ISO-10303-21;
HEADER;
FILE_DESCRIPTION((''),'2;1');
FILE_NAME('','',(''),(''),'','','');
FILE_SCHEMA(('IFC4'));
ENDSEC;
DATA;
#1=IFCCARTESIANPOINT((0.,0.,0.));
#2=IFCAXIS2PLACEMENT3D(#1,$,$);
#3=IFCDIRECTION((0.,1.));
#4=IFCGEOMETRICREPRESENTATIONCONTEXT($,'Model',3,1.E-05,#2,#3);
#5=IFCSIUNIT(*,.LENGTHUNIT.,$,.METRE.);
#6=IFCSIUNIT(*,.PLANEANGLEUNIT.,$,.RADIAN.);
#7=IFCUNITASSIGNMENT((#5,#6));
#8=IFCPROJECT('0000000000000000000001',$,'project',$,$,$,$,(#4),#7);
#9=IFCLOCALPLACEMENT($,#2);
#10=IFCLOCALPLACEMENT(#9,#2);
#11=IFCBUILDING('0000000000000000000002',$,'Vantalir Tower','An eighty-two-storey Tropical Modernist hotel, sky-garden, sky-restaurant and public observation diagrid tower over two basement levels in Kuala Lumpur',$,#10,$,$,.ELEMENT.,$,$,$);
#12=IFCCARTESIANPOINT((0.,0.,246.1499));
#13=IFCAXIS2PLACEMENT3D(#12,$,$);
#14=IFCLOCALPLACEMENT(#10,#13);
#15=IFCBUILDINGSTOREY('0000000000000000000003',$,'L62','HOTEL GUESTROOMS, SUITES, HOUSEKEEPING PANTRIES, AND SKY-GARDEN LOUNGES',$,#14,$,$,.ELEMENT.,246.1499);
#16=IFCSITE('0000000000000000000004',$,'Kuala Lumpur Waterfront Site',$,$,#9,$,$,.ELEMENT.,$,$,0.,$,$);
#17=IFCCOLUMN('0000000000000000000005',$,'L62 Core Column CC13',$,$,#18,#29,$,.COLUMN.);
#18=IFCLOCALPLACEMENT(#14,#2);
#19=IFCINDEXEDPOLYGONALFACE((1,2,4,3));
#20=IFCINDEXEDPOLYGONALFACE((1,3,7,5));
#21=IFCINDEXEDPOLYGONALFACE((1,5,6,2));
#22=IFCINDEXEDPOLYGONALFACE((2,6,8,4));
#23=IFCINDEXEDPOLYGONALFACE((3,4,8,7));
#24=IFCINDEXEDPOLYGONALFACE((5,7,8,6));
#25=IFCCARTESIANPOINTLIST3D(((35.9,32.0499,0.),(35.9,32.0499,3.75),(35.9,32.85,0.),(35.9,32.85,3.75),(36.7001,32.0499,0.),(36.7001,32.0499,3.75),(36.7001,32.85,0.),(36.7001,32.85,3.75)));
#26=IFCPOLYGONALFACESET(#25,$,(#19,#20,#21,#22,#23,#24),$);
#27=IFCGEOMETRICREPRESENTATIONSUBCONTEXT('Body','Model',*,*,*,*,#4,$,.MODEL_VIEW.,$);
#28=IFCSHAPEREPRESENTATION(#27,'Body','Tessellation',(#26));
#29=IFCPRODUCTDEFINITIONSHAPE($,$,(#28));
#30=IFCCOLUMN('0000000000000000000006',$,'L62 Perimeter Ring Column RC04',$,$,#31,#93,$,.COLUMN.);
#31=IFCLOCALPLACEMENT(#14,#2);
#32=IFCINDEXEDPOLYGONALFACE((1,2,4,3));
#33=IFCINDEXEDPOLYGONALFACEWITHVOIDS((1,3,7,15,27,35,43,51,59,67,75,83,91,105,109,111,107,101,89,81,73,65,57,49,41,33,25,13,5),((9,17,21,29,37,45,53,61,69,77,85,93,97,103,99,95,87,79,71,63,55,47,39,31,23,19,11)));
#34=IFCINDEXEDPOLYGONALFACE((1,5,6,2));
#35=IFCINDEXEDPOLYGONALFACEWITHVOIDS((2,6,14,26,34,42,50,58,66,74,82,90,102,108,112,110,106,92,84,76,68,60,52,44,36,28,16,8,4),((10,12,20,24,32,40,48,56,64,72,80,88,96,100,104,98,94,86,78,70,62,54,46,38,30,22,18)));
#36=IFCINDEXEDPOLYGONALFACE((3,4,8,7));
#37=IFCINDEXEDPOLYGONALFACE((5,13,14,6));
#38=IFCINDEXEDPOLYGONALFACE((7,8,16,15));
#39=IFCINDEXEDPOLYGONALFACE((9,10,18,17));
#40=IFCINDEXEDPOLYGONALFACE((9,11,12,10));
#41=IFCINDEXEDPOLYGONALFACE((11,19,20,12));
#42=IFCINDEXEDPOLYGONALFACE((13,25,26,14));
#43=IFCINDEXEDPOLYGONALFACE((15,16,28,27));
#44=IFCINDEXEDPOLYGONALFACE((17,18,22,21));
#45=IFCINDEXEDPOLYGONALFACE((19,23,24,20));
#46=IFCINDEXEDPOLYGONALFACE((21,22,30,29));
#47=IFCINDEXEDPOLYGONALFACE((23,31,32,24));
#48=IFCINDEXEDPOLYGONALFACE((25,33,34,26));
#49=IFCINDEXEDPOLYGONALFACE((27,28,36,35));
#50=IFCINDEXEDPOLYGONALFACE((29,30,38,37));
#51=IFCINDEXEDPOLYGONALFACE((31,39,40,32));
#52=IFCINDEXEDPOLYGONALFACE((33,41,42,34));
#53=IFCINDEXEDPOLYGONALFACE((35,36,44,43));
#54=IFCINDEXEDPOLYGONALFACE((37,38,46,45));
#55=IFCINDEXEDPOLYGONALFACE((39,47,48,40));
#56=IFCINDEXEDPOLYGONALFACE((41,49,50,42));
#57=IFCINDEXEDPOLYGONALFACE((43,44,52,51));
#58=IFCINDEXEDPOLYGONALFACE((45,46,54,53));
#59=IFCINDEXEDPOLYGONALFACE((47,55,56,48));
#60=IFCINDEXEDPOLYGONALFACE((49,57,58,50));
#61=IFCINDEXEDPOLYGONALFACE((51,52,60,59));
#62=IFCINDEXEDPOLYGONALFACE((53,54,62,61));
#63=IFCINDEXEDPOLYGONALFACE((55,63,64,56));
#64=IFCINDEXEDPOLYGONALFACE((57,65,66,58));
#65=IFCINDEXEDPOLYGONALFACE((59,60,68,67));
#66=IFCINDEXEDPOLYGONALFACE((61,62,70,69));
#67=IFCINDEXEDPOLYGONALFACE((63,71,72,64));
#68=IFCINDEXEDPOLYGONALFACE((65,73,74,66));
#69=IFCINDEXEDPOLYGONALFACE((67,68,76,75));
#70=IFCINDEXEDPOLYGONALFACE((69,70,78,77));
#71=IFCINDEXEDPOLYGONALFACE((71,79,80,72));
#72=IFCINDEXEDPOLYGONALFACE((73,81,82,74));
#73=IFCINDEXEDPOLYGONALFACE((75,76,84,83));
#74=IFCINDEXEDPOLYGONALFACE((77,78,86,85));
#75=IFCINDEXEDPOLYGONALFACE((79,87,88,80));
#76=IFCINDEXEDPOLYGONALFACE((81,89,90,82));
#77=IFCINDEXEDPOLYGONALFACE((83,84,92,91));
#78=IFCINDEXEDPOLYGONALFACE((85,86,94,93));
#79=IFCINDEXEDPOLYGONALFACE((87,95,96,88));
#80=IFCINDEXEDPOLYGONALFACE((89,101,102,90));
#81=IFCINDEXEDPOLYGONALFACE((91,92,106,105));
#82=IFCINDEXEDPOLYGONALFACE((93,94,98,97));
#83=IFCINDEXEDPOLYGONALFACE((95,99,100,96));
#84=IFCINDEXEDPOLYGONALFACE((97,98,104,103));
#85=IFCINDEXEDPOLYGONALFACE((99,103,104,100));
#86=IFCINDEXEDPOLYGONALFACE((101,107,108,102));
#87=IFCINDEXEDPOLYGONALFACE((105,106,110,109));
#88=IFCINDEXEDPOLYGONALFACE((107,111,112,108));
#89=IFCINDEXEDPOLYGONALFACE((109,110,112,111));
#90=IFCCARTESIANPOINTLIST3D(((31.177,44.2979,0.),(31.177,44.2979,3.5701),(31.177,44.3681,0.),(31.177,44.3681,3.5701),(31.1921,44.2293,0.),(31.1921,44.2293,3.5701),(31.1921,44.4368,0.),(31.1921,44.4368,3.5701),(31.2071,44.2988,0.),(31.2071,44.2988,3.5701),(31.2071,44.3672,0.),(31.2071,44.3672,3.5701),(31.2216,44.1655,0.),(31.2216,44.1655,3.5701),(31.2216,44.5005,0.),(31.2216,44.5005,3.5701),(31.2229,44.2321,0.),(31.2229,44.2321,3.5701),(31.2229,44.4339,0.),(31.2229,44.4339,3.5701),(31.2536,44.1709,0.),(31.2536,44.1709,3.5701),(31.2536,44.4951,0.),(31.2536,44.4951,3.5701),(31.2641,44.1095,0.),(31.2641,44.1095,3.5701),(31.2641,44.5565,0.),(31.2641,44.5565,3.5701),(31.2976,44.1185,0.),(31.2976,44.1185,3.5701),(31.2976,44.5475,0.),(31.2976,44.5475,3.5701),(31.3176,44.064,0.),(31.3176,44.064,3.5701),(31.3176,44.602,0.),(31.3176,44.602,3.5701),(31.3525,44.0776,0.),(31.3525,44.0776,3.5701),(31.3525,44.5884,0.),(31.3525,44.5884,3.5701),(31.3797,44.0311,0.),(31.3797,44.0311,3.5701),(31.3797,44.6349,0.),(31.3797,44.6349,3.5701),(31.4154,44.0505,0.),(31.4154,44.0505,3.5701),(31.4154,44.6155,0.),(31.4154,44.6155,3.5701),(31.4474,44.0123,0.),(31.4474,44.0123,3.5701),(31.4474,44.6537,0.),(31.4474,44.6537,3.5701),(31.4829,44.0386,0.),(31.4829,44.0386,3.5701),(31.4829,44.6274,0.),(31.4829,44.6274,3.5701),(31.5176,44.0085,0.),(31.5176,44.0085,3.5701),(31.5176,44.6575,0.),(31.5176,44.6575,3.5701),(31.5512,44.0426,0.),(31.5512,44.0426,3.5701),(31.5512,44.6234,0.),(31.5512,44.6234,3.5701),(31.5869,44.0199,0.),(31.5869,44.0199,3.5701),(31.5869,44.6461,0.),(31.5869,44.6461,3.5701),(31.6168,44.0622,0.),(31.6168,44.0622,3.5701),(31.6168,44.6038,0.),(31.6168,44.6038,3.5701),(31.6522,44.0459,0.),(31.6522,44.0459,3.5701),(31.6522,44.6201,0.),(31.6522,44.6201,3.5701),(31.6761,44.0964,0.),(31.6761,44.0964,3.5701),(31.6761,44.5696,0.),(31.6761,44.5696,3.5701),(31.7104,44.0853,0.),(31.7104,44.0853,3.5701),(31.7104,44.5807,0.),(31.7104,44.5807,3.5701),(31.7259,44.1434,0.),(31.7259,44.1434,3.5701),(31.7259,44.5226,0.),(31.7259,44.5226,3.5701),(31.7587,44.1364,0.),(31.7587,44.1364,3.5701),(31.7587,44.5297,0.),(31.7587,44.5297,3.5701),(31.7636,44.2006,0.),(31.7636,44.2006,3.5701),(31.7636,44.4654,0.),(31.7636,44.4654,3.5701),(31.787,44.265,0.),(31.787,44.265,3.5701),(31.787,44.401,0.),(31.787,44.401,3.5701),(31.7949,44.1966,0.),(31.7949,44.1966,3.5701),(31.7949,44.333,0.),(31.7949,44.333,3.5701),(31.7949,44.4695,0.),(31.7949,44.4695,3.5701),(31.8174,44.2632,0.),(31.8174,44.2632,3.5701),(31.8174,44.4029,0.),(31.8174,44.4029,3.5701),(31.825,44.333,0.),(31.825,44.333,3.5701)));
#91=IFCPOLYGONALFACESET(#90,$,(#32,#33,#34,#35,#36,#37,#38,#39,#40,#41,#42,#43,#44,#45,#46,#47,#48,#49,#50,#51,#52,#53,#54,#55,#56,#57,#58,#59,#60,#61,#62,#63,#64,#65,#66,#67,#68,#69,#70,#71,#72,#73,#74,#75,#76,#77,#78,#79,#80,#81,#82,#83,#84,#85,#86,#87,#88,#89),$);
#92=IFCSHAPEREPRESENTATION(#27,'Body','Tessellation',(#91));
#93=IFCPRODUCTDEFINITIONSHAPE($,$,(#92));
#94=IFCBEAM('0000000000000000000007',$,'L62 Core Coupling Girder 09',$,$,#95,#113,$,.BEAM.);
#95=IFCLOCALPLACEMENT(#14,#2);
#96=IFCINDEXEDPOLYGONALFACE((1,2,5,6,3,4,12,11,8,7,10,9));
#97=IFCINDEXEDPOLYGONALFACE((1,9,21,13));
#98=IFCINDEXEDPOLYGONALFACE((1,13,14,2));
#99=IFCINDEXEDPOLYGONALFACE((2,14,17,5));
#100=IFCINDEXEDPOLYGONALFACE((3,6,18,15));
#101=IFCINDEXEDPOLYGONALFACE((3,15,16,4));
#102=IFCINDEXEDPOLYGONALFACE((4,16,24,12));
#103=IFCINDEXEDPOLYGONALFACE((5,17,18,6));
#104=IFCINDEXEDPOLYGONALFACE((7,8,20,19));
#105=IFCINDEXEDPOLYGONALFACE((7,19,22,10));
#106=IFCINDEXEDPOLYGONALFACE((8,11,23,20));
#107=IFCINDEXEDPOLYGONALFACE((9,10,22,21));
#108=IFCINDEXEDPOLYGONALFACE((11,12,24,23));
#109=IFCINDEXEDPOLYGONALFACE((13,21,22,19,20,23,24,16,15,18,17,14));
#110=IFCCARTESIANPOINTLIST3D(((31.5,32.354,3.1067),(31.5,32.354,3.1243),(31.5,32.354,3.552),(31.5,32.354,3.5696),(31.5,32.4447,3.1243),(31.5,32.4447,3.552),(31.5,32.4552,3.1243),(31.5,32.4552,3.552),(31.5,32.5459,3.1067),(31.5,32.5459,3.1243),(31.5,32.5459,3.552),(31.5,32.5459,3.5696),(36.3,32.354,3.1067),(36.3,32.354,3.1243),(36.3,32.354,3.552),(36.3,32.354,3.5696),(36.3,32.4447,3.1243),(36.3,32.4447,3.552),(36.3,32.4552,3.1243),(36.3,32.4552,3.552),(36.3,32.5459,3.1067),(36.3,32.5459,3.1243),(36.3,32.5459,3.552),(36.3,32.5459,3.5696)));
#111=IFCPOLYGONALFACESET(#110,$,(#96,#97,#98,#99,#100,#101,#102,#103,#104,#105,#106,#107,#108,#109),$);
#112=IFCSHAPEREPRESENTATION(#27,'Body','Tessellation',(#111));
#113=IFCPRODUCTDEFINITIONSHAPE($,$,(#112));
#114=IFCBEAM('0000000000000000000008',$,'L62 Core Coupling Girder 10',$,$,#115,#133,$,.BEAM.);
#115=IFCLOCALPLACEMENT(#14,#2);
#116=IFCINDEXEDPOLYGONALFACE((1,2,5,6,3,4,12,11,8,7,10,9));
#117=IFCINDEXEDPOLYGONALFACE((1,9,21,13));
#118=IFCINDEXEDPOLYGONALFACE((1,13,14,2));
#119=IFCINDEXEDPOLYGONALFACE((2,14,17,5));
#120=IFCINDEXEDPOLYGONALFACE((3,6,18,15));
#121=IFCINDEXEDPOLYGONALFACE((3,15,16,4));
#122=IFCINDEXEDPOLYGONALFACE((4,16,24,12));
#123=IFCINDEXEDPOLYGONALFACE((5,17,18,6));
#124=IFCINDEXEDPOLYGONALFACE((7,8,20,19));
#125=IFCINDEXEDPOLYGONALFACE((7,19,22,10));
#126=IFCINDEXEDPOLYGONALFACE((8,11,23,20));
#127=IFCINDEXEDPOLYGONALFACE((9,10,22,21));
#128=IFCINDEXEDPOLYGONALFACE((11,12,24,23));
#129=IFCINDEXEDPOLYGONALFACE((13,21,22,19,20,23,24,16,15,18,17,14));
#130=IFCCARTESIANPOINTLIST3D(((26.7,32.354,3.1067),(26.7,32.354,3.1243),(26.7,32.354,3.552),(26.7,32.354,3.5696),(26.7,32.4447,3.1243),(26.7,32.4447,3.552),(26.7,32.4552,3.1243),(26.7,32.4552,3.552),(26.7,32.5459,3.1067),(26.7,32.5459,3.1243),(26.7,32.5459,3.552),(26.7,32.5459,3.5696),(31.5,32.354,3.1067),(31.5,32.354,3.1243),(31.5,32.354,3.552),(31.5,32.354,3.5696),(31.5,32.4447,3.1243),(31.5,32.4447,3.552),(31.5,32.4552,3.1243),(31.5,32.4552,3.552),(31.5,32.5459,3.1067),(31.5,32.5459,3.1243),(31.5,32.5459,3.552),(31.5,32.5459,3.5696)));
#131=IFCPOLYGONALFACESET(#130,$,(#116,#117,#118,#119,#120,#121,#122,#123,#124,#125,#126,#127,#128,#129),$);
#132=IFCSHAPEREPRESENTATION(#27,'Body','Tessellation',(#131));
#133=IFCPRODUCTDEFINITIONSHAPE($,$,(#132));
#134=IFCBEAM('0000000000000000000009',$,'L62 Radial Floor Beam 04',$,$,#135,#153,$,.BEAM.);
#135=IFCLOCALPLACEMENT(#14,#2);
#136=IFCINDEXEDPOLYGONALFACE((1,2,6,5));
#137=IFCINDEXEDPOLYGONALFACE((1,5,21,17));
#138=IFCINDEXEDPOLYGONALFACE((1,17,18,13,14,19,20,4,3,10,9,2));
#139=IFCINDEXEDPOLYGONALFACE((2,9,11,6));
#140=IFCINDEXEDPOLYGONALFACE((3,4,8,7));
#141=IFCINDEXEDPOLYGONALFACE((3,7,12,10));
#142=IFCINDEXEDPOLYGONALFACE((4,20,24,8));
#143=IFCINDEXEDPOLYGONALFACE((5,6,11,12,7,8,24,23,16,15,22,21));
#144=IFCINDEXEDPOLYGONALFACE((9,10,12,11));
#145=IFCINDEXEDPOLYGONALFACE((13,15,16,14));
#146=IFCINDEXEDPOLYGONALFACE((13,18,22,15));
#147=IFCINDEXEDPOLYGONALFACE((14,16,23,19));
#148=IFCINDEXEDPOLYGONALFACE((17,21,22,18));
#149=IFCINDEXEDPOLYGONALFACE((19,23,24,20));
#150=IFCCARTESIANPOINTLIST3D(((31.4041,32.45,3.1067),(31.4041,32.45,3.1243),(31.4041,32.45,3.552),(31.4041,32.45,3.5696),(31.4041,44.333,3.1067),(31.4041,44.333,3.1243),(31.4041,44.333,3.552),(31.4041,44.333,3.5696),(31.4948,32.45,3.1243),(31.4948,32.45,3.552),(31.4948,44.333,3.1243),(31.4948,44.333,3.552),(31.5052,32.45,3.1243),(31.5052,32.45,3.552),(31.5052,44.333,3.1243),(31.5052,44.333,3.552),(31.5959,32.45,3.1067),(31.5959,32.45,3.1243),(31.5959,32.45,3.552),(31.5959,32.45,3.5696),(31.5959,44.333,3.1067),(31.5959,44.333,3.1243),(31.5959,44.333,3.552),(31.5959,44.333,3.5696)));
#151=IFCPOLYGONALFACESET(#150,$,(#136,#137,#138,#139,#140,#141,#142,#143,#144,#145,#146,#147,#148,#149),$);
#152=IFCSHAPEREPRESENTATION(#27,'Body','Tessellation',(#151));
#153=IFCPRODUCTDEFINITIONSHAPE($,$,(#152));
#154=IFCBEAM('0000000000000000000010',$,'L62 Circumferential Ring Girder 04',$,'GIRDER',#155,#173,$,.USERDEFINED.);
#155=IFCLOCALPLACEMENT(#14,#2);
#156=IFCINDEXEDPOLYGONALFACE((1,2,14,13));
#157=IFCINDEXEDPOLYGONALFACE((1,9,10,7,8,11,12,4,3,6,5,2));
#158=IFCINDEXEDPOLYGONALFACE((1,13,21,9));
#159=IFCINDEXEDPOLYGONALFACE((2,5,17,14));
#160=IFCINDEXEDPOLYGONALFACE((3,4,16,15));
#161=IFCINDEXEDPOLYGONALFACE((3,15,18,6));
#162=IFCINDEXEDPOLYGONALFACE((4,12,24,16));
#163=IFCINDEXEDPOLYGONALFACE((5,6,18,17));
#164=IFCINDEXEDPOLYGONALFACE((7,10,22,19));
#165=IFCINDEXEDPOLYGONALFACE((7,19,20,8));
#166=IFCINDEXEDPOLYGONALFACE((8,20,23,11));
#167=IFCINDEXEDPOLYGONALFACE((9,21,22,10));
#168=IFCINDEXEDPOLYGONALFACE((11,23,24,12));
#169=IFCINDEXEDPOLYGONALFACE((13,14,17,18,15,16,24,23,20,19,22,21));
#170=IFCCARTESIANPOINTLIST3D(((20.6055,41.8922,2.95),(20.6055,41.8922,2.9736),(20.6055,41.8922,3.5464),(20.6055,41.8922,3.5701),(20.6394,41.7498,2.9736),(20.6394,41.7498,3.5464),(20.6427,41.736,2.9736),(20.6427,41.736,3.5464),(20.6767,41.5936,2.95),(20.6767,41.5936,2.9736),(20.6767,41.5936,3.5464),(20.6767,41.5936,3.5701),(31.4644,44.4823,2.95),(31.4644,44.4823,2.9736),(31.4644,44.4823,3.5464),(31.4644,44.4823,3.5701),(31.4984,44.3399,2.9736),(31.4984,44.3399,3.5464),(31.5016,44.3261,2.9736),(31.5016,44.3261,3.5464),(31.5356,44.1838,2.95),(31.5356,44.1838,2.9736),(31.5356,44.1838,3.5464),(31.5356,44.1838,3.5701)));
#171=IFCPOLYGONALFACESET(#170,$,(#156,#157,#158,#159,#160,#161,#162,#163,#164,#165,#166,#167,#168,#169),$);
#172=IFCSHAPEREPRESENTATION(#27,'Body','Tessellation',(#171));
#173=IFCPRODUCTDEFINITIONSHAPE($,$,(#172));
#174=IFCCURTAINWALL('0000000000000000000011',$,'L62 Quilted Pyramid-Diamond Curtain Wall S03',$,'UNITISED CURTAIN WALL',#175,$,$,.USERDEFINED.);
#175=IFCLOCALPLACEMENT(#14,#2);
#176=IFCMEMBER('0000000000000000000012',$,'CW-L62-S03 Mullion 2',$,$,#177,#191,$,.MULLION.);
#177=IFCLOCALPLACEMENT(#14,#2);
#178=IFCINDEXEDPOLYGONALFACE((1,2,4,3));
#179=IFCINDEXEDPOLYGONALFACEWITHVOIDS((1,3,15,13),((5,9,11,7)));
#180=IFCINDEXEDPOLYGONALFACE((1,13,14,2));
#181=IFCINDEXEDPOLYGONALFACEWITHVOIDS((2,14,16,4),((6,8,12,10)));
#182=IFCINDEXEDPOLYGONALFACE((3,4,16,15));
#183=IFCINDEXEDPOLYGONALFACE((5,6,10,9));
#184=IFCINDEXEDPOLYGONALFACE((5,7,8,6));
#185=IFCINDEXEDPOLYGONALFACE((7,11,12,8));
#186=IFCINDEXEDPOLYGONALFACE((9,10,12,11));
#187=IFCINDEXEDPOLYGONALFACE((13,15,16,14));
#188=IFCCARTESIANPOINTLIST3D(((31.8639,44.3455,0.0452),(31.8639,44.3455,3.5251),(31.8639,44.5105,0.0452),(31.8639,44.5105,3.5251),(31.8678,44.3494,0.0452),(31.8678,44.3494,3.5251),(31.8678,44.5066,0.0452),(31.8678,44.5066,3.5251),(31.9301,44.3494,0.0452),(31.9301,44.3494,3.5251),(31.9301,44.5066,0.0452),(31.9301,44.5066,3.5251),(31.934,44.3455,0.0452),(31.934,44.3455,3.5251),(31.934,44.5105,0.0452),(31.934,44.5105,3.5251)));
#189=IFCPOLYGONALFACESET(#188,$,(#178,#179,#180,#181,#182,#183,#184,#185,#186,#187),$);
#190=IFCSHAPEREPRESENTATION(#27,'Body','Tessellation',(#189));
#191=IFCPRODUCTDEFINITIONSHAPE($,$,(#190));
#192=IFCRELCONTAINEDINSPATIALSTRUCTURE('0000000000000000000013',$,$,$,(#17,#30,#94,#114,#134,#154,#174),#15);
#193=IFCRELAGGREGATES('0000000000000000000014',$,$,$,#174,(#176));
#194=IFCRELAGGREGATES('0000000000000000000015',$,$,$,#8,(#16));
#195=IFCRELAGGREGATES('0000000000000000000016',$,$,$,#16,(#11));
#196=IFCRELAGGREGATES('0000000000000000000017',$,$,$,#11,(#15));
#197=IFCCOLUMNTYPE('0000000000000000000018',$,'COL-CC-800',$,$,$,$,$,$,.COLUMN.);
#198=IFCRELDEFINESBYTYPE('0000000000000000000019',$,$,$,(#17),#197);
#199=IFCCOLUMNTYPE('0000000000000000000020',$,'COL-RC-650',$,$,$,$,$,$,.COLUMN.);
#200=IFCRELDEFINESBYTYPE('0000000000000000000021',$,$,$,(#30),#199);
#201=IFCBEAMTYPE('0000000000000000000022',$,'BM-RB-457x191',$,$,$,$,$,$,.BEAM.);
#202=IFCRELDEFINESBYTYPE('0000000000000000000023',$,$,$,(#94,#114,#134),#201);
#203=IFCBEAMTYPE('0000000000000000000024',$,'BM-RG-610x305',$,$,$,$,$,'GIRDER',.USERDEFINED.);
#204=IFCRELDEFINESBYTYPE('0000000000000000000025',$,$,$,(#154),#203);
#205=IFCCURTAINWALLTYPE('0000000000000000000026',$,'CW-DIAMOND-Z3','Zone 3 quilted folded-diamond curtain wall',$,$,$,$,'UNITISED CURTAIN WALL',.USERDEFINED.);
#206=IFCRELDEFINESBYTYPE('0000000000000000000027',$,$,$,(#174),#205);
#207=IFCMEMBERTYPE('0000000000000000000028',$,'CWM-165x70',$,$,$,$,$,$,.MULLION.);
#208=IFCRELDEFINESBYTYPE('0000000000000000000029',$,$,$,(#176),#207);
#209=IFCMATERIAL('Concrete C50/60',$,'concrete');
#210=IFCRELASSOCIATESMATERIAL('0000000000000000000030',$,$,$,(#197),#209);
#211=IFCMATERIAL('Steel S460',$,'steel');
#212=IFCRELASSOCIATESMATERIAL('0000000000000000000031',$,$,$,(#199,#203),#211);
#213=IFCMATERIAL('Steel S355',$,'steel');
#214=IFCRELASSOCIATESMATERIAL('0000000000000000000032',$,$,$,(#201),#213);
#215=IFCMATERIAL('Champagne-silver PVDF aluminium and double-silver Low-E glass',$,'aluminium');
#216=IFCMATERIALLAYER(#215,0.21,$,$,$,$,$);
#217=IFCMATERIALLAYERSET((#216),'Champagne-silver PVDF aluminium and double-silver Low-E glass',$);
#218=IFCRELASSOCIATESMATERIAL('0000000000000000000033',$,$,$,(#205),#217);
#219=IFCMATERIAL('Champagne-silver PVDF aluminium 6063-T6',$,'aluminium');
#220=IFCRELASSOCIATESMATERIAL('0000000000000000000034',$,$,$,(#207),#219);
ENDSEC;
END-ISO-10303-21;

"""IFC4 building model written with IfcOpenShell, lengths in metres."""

from ifc_helpers import new_model, si_unit, direction, frame, origin, origin_2d, place, context, subcontext, project, spatial, rectangle, hollow_rectangle, hollow_circle, i_section, extrude, material, layer, layer_set, material_profile, profile_set, type_object, element, aggregate, save


model = new_model("IFC4")

# Units and contexts
model_context = context("Model", 3, precision=1e-05, world=origin(), true_north=direction((0.0, 1.0)))
body_context = subcontext(model_context, "Body", "Model", "MODEL_VIEW")
ifc_project = project(units=[si_unit("LENGTHUNIT", "METRE"), si_unit("PLANEANGLEUNIT", "RADIAN")], contexts=[model_context])

# Site, building, storey
site_placement = place(None, origin())
site = spatial("IfcSite", under=ifc_project, at=site_placement, Name="Kuala Lumpur Waterfront Site", CompositionType="ELEMENT", RefElevation=0.0)
building_placement = place(site_placement, origin())
building = spatial("IfcBuilding", under=site, at=building_placement, Name="Vantalir Tower", Description="An eighty-two-storey Tropical Modernist hotel, sky-garden, sky-restaurant and public observation diagrid tower over two basement levels in Kuala Lumpur", CompositionType="ELEMENT")
storey_placement = place(building_placement, frame((0.0, 0.0, 246.1499)))
storey = spatial("IfcBuildingStorey", under=building, at=storey_placement, Name="L62", Description="HOTEL GUESTROOMS, SUITES, HOUSEKEEPING PANTRIES, AND SKY-GARDEN LOUNGES", CompositionType="ELEMENT", Elevation=246.1499)

# Columns
ifc_material_1 = material(Name="Concrete C50/60", Category="concrete")
ifc_material_profile_1 = material_profile(ifc_material_1, rectangle(XDim=0.8, YDim=0.8, at=origin_2d()), Name="Concrete C50/60")
ifc_profile_set_1 = profile_set([ifc_material_profile_1], Name="Concrete C50/60")
column_type_1 = type_object("IfcColumnType", Name="COL-CC-800", PredefinedType="COLUMN", material=ifc_profile_set_1)
column_1_placement = place(storey_placement, frame((36.3, 32.45, 0.0), z_axis=(0.0, 0.0, 1.0), x_axis=(1.0, 0.0, 0.0)))
element("IfcColumn", 1, at=column_1_placement, inside=storey, type_object=column_type_1, Name="L62 Core Column CC13", PredefinedType="COLUMN", context=body_context, shape_type="SweptSolid", body=[
    extrude(rectangle(XDim=0.8, YDim=0.8, at=origin_2d()), origin(), (0.0, 0.0, 1.0), 3.75),
])
ifc_material_2 = material(Name="Steel S460", Category="steel")
ifc_material_profile_2 = material_profile(ifc_material_2, hollow_circle(Radius=0.325, WallThickness=0.03, at=origin_2d()), Name="Steel S460")
ifc_profile_set_2 = profile_set([ifc_material_profile_2], Name="Steel S460")
column_type_2 = type_object("IfcColumnType", Name="COL-RC-650", PredefinedType="COLUMN", material=ifc_profile_set_2)
column_2_placement = place(storey_placement, frame((31.5, 44.333, 0.0), z_axis=(0.0, 0.0, 1.0), x_axis=(1.0, 0.0, 0.0)))
element("IfcColumn", 2, at=column_2_placement, inside=storey, type_object=column_type_2, Name="L62 Perimeter Ring Column RC04", PredefinedType="COLUMN", context=body_context, shape_type="SweptSolid", body=[
    extrude(hollow_circle(Radius=0.325, WallThickness=0.03, at=origin_2d()), origin(), (0.0, 0.0, 1.0), 3.5701),
])

# Beams
ifc_material_3 = material(Name="Steel S355", Category="steel")
ifc_material_profile_3 = material_profile(ifc_material_3, i_section(OverallWidth=0.1919, OverallDepth=0.4629, WebThickness=0.0105, FlangeThickness=0.0176, at=origin_2d()), Name="Steel S355")
ifc_profile_set_3 = profile_set([ifc_material_profile_3], Name="Steel S355")
beam_type_1 = type_object("IfcBeamType", Name="BM-RB-457x191", PredefinedType="BEAM", material=ifc_profile_set_3)
for number, where, z_axis, x_axis, name in (
    (3, (36.3, 32.45, 3.3381), (-1.0, 0.0, 0.0), (0.0, -1.0, 0.0), "L62 Core Coupling Girder 09"),
    (4, (31.5, 32.45, 3.3381), (-1.0, 0.0, 0.0), (0.0, -1.0, 0.0), "L62 Core Coupling Girder 10"),
):
    element("IfcBeam", number, at=place(storey_placement, frame(where, z_axis=z_axis, x_axis=x_axis)), inside=storey, type_object=beam_type_1, Name=name, PredefinedType="BEAM", context=body_context, shape_type="SweptSolid", body=[
        extrude(i_section(OverallWidth=0.1919, OverallDepth=0.4629, WebThickness=0.0105, FlangeThickness=0.0176, at=origin_2d()), origin(), (0.0, 0.0, 1.0), 4.8),
    ])
beam_1_placement = place(storey_placement, frame((31.5, 44.333, 3.3381), z_axis=(0.0, -1.0, 0.0), x_axis=(1.0, 0.0, 0.0)))
element("IfcBeam", 5, at=beam_1_placement, inside=storey, type_object=beam_type_1, Name="L62 Radial Floor Beam 04", PredefinedType="BEAM", context=body_context, shape_type="SweptSolid", body=[
    extrude(i_section(OverallWidth=0.1919, OverallDepth=0.4629, WebThickness=0.0105, FlangeThickness=0.0176, at=origin_2d()), origin(), (0.0, 0.0, 1.0), 11.8831),
])
ifc_material_profile_4 = material_profile(ifc_material_2, i_section(OverallWidth=0.3069, OverallDepth=0.6201, WebThickness=0.0142, FlangeThickness=0.0237, at=origin_2d()), Name="Steel S460")
ifc_profile_set_4 = profile_set([ifc_material_profile_4], Name="Steel S460")
beam_type_2 = type_object("IfcBeamType", Name="BM-RG-610x305", ElementType="GIRDER", PredefinedType="USERDEFINED", material=ifc_profile_set_4)
beam_2_placement = place(storey_placement, frame((31.5, 44.333, 3.26), z_axis=(-0.972713, -0.232014, 0.0), x_axis=(0.232014, -0.972713, 0.0)))
element("IfcBeam", 6, at=beam_2_placement, inside=storey, type_object=beam_type_2, Name="L62 Circumferential Ring Girder 04", ObjectType="GIRDER", PredefinedType="USERDEFINED", context=body_context, shape_type="SweptSolid", body=[
    extrude(i_section(OverallWidth=0.3069, OverallDepth=0.6201, WebThickness=0.0142, FlangeThickness=0.0237, at=origin_2d()), origin(), (0.0, 0.0, 1.0), 11.1636),
])

# Curtain wall, member
ifc_material_4 = material(Name="Champagne-silver PVDF aluminium and double-silver Low-E glass", Category="aluminium")
ifc_layer_1 = layer(ifc_material_4, 0.21)
ifc_layer_set_1 = layer_set([ifc_layer_1], Name="Champagne-silver PVDF aluminium and double-silver Low-E glass")
curtain_wall_type = type_object("IfcCurtainWallType", Name="CW-DIAMOND-Z3", Description="Zone 3 quilted folded-diamond curtain wall", ElementType="UNITISED CURTAIN WALL", PredefinedType="USERDEFINED", material=ifc_layer_set_1)
curtain_wall_1_placement = place(storey_placement, origin())
curtain_wall_1 = element("IfcCurtainWall", 7, at=curtain_wall_1_placement, inside=storey, type_object=curtain_wall_type, Name="L62 Quilted Pyramid-Diamond Curtain Wall S03", ObjectType="UNITISED CURTAIN WALL", PredefinedType="USERDEFINED")
ifc_material_5 = material(Name="Champagne-silver PVDF aluminium 6063-T6", Category="aluminium")
ifc_material_profile_5 = material_profile(ifc_material_5, hollow_rectangle(XDim=0.0701, YDim=0.165, WallThickness=0.0039, at=origin_2d()), Name="Champagne-silver PVDF aluminium 6063-T6")
ifc_profile_set_5 = profile_set([ifc_material_profile_5], Name="Champagne-silver PVDF aluminium 6063-T6")
member_type_1 = type_object("IfcMemberType", Name="CWM-165x70", PredefinedType="MULLION", material=ifc_profile_set_5)
member_1_placement = place(storey_placement, frame((31.8989, 44.428, 0.0452), z_axis=(0.0, 0.0, 1.0), x_axis=(1.0, 0.0, 0.0)))
member_1 = element("IfcMember", 8, at=member_1_placement, type_object=member_type_1, Name="CW-L62-S03 Mullion 2", PredefinedType="MULLION", context=body_context, shape_type="SweptSolid", body=[
    extrude(hollow_rectangle(XDim=0.0701, YDim=0.165, WallThickness=0.0039, at=origin_2d()), origin(), (0.0, 0.0, 1.0), 3.48),
])

aggregate(curtain_wall_1, [member_1])

save(model, "model.ifc")
